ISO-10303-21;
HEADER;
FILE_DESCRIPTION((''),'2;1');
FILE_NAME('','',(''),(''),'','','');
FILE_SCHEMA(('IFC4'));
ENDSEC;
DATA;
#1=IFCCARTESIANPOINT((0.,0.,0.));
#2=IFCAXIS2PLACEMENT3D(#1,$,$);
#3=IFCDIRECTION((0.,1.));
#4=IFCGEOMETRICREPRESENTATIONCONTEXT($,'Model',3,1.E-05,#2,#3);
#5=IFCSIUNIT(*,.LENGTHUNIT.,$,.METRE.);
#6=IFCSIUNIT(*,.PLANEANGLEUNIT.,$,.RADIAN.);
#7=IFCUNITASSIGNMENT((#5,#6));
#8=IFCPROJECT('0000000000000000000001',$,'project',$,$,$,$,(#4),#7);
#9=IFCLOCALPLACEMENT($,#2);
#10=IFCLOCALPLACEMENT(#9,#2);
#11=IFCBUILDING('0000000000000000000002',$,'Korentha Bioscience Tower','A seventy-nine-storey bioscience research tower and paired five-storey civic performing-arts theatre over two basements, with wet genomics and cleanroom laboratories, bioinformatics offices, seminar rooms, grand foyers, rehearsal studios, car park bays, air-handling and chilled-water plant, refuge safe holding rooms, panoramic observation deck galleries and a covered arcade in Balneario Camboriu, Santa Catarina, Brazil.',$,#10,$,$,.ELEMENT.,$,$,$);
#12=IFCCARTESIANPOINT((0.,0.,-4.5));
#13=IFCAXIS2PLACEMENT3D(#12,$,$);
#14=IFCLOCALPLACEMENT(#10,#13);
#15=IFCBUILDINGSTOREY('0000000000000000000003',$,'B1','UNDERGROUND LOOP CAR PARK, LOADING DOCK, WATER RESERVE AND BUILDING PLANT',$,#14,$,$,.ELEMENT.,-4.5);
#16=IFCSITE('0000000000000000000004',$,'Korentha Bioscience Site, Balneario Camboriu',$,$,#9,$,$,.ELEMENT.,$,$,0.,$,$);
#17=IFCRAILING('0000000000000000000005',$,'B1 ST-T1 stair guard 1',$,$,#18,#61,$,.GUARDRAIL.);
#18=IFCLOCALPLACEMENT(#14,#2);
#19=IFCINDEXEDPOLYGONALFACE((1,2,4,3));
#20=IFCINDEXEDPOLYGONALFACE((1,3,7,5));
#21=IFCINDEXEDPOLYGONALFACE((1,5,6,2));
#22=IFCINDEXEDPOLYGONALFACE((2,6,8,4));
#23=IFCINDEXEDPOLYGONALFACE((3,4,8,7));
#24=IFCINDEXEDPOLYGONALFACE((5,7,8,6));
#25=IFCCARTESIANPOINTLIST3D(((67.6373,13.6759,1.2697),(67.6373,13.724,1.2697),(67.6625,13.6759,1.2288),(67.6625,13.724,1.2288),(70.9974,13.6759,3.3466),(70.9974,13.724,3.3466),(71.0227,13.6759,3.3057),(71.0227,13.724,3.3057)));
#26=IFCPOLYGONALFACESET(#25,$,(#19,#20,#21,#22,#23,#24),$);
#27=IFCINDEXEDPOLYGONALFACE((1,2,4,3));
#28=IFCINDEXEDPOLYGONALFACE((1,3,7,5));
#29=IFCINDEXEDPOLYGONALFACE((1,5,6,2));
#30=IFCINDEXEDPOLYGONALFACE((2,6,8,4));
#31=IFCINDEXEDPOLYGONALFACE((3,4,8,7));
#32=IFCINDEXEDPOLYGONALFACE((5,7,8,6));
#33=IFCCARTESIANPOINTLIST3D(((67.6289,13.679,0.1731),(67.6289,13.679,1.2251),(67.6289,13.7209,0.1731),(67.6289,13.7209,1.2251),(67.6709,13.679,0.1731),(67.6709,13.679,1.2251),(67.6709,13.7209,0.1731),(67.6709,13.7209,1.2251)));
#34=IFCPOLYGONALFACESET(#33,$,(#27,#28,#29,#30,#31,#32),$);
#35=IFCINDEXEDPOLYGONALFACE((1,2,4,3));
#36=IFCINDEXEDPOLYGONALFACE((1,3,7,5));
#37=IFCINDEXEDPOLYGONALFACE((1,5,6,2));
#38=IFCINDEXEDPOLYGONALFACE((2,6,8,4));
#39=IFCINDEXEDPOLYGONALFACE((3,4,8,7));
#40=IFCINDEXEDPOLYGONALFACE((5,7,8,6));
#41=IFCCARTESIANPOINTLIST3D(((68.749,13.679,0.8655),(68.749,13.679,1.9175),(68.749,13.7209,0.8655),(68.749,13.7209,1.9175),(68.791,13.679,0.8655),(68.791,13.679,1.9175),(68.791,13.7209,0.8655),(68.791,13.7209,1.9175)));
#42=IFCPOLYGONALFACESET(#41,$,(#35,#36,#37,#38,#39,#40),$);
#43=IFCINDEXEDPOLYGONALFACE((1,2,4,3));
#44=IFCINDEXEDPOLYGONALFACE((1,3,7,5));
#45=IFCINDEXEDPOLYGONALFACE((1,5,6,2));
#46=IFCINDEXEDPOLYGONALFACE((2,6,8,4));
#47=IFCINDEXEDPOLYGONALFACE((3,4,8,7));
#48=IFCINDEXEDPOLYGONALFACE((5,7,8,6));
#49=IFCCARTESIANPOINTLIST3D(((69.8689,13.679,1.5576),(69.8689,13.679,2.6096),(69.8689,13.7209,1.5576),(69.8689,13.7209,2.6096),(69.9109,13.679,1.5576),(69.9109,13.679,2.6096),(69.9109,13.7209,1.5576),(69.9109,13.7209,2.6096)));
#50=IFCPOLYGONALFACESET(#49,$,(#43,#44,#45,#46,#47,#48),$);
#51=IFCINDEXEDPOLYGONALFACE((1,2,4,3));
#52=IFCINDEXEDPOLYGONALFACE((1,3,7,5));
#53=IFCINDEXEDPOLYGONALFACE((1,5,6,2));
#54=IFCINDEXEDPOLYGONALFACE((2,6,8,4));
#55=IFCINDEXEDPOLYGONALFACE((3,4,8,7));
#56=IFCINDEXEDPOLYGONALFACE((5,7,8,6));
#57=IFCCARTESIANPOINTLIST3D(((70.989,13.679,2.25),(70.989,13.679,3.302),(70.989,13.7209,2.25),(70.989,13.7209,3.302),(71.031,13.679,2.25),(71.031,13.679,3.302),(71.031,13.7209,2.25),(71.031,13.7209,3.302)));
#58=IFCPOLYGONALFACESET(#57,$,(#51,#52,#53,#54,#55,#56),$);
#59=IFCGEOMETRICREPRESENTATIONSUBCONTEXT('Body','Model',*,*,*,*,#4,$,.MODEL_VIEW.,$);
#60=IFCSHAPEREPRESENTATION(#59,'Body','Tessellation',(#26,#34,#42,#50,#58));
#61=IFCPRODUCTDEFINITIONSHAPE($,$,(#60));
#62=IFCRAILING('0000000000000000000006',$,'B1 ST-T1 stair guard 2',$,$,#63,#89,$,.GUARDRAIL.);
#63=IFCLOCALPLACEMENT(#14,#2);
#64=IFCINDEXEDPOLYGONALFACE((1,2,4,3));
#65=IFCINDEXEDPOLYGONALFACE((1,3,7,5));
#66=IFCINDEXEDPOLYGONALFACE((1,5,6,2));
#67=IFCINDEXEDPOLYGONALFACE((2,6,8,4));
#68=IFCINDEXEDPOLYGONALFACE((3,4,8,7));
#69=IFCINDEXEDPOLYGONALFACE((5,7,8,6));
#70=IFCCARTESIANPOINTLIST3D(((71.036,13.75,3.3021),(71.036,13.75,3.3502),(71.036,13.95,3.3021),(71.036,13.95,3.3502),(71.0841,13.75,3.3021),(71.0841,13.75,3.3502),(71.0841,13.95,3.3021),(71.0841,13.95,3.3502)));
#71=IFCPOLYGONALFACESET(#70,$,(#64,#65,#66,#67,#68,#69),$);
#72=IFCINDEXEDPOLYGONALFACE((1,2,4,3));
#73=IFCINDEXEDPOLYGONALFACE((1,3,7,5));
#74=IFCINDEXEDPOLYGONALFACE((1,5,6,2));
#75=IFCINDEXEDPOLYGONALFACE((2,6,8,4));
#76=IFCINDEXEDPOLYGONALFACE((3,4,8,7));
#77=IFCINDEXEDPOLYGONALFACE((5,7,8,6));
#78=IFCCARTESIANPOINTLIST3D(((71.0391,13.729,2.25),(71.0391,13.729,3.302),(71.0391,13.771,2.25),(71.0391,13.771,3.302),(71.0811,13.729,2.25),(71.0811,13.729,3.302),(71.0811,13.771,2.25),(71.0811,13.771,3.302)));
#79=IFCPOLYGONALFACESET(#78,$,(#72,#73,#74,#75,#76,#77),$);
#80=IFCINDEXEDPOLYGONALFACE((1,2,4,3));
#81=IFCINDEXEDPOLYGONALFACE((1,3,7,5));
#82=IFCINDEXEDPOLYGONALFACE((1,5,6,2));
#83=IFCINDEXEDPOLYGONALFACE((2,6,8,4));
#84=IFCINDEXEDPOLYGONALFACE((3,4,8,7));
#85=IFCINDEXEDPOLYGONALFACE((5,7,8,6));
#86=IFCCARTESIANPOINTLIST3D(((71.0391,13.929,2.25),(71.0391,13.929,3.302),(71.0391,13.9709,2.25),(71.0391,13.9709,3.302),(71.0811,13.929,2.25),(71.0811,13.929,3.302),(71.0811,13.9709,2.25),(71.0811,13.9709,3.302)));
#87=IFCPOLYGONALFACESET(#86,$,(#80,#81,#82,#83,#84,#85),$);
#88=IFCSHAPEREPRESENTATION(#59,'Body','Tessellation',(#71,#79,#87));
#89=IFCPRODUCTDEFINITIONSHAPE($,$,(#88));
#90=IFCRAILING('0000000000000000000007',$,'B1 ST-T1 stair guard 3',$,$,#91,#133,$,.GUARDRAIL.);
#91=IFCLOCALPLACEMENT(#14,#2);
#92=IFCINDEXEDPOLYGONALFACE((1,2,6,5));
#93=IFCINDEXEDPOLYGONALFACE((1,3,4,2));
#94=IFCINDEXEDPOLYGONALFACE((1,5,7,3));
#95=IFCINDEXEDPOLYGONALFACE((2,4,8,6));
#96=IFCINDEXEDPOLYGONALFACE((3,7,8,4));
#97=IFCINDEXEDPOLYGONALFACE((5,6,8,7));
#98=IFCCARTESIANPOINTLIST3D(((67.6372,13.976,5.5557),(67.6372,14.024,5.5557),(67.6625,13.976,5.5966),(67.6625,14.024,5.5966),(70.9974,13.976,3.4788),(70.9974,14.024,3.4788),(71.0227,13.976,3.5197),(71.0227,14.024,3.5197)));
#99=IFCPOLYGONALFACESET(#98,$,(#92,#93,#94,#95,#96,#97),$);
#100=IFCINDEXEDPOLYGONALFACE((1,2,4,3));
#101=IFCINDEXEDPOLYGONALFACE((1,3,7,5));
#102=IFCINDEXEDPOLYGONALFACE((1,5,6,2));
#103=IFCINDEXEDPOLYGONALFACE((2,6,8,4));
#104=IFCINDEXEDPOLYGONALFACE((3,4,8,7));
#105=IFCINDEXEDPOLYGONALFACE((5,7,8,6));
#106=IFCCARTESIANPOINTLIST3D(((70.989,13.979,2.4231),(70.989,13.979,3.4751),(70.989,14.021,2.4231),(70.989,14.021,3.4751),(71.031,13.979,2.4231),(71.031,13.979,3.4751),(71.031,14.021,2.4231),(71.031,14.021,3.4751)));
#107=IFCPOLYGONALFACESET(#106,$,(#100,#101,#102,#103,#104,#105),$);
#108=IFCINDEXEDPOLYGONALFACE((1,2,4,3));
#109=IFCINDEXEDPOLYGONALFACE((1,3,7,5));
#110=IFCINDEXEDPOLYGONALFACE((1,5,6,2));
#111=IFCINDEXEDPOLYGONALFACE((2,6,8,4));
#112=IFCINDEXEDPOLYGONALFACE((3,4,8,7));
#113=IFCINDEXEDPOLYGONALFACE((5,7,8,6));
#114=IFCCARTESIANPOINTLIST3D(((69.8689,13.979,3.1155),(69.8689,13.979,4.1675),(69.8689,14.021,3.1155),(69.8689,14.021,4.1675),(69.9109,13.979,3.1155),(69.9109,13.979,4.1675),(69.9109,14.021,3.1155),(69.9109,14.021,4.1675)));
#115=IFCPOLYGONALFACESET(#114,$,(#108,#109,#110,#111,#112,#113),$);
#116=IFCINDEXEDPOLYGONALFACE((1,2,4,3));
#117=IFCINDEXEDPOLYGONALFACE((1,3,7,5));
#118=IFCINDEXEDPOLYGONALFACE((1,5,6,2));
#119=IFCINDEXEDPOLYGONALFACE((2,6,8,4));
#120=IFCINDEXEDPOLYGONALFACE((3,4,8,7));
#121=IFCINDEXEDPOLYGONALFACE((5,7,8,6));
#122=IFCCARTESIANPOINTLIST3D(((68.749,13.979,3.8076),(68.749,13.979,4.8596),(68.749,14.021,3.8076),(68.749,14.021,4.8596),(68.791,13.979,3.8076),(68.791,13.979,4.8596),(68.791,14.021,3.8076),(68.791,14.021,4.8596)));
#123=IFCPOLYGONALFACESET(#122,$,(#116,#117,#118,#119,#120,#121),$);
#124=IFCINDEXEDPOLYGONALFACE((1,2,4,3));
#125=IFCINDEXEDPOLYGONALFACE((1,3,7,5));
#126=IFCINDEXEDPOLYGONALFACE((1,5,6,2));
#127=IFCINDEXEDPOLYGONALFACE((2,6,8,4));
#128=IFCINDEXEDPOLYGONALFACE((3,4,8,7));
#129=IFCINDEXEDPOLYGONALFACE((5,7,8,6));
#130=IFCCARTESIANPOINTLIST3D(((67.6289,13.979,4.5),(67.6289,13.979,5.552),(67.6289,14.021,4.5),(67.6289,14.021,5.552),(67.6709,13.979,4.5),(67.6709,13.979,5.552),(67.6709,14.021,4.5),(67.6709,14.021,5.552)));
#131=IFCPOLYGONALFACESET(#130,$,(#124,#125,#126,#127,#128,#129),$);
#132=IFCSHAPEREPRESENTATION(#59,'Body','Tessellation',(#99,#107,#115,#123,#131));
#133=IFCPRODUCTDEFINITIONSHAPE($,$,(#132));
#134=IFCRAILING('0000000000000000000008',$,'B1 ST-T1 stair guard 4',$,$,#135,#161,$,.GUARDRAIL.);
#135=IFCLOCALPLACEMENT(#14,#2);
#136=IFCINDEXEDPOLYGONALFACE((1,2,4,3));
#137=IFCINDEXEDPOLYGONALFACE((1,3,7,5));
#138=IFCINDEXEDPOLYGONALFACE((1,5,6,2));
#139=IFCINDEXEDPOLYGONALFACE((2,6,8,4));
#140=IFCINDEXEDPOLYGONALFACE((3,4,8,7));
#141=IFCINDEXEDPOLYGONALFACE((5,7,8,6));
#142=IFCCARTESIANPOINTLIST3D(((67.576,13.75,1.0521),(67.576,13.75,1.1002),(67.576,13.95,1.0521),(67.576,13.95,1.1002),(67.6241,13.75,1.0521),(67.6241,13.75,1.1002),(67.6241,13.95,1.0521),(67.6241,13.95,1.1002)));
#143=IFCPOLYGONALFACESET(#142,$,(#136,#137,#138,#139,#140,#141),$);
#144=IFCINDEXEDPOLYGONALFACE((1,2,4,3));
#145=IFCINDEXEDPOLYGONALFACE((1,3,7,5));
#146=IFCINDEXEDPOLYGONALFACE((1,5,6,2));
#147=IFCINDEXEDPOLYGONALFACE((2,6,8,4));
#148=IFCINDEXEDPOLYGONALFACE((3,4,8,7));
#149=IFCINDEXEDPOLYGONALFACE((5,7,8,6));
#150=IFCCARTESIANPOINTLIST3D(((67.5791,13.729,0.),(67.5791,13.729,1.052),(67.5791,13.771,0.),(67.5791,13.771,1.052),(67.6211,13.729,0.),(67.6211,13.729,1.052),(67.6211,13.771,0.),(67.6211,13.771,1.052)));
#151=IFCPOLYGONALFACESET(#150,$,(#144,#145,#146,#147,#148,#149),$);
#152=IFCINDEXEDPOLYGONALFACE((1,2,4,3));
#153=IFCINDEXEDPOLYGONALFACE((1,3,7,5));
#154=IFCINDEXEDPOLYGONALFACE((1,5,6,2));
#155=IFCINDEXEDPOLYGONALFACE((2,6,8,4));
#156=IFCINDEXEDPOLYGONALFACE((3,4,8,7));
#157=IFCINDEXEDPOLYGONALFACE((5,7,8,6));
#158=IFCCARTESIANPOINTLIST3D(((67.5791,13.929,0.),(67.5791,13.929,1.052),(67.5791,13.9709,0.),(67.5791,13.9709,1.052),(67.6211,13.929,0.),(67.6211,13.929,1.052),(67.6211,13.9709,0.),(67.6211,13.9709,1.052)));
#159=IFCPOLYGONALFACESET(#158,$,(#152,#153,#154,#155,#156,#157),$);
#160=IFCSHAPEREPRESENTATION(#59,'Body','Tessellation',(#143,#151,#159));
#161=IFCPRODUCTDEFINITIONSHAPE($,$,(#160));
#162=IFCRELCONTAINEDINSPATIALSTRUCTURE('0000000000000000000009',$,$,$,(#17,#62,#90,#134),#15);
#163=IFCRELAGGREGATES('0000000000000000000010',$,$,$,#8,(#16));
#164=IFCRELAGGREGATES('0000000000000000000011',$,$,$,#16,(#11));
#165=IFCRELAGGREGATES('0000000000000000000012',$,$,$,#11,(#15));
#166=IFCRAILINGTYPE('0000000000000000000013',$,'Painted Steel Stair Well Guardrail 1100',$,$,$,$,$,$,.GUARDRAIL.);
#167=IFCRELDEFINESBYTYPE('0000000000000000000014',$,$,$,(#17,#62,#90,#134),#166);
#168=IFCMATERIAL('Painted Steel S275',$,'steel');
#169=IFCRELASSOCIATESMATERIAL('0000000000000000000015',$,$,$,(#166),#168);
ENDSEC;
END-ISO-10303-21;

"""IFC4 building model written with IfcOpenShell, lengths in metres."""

from ifc_helpers import new_model, si_unit, direction, frame, origin, origin_2d, place, context, subcontext, project, spatial, rectangle, extrude, material, type_object, element, save


model = new_model("IFC4")

# Units and contexts
model_context = context("Model", 3, precision=1e-05, world=origin(), true_north=direction((0.0, 1.0)))
body_context = subcontext(model_context, "Body", "Model", "MODEL_VIEW")
ifc_project = project(units=[si_unit("LENGTHUNIT", "METRE"), si_unit("PLANEANGLEUNIT", "RADIAN")], contexts=[model_context])

# Site, building, storey
site_placement = place(None, origin())
site = spatial("IfcSite", under=ifc_project, at=site_placement, Name="Korentha Bioscience Site, Balneario Camboriu", CompositionType="ELEMENT", RefElevation=0.0)
building_placement = place(site_placement, origin())
building = spatial("IfcBuilding", under=site, at=building_placement, Name="Korentha Bioscience Tower", Description="A seventy-nine-storey bioscience research tower and paired five-storey civic performing-arts theatre over two basements, with wet genomics and cleanroom laboratories, bioinformatics offices, seminar rooms, grand foyers, rehearsal studios, car park bays, air-handling and chilled-water plant, refuge safe holding rooms, panoramic observation deck galleries and a covered arcade in Balneario Camboriu, Santa Catarina, Brazil.", CompositionType="ELEMENT")
storey_placement = place(building_placement, frame((0.0, 0.0, -4.5)))
storey = spatial("IfcBuildingStorey", under=building, at=storey_placement, Name="B1", Description="UNDERGROUND LOOP CAR PARK, LOADING DOCK, WATER RESERVE AND BUILDING PLANT", CompositionType="ELEMENT", Elevation=-4.5)

# Railings
ifc_material_1 = material(Name="Painted Steel S275", Category="steel")
railing_type_1 = type_object("IfcRailingType", Name="Painted Steel Stair Well Guardrail 1100", PredefinedType="GUARDRAIL", material=ifc_material_1)
railing_1_placement = place(storey_placement, frame((67.6499, 13.7, 0.1731)))
element("IfcRailing", 1, at=railing_1_placement, inside=storey, type_object=railing_type_1, Name="B1 ST-T1 stair guard 1", PredefinedType="GUARDRAIL", context=body_context, shape_type="SweptSolid", body=[
    extrude(rectangle(XDim=0.0481, YDim=0.0481, at=origin_2d()), frame((0.0, 0.0, 1.0762), z_axis=(0.850623, 0.0, 0.525776), x_axis=(0.0, 1.0, 0.0)), (0.0, 0.0, 1.0), 3.9502),
    extrude(rectangle(XDim=0.042, YDim=0.042, at=origin_2d()), origin(), (0.0, 0.0, 1.0), 1.052),
    extrude(rectangle(XDim=0.042, YDim=0.042, at=origin_2d()), frame((1.1201, 0.0, 0.6924)), (0.0, 0.0, 1.0), 1.052),
    extrude(rectangle(XDim=0.042, YDim=0.042, at=origin_2d()), frame((2.24, 0.0, 1.3845)), (0.0, 0.0, 1.0), 1.052),
    extrude(rectangle(XDim=0.042, YDim=0.042, at=origin_2d()), frame((3.3601, 0.0, 2.0769)), (0.0, 0.0, 1.0), 1.052),
])
railing_2_placement = place(storey_placement, frame((71.0601, 13.75, 2.25)))
element("IfcRailing", 2, at=railing_2_placement, inside=storey, type_object=railing_type_1, Name="B1 ST-T1 stair guard 2", PredefinedType="GUARDRAIL", context=body_context, shape_type="SweptSolid", body=[
    extrude(rectangle(XDim=0.0481, YDim=0.0481, at=origin_2d()), frame((0.0, 0.0, 1.0762), z_axis=(0.0, 1.0, 0.0), x_axis=(-1.0, 0.0, 0.0)), (0.0, 0.0, 1.0), 0.2),
    extrude(rectangle(XDim=0.042, YDim=0.042, at=origin_2d()), origin(), (0.0, 0.0, 1.0), 1.052),
    extrude(rectangle(XDim=0.042, YDim=0.042, at=origin_2d()), frame((0.0, 0.2, 0.0)), (0.0, 0.0, 1.0), 1.052),
])
railing_3_placement = place(storey_placement, frame((71.01, 14.0, 2.4231)))
element("IfcRailing", 3, at=railing_3_placement, inside=storey, type_object=railing_type_1, Name="B1 ST-T1 stair guard 3", PredefinedType="GUARDRAIL", context=body_context, shape_type="SweptSolid", body=[
    extrude(rectangle(XDim=0.0481, YDim=0.0481, at=origin_2d()), frame((0.0, 0.0, 1.0762), z_axis=(-0.850623, 0.0, 0.525776), x_axis=(0.0, -1.0, 0.0)), (0.0, 0.0, 1.0), 3.9502),
    extrude(rectangle(XDim=0.042, YDim=0.042, at=origin_2d()), origin(), (0.0, 0.0, 1.0), 1.052),
    extrude(rectangle(XDim=0.042, YDim=0.042, at=origin_2d()), frame((-1.1201, 0.0, 0.6924)), (0.0, 0.0, 1.0), 1.052),
    extrude(rectangle(XDim=0.042, YDim=0.042, at=origin_2d()), frame((-2.24, 0.0, 1.3845)), (0.0, 0.0, 1.0), 1.052),
    extrude(rectangle(XDim=0.042, YDim=0.042, at=origin_2d()), frame((-3.3601, 0.0, 2.0769)), (0.0, 0.0, 1.0), 1.052),
])
railing_4_placement = place(storey_placement, frame((67.6001, 13.75, 0.0)))
element("IfcRailing", 4, at=railing_4_placement, inside=storey, type_object=railing_type_1, Name="B1 ST-T1 stair guard 4", PredefinedType="GUARDRAIL", context=body_context, shape_type="SweptSolid", body=[
    extrude(rectangle(XDim=0.0481, YDim=0.0481, at=origin_2d()), frame((0.0, 0.0, 1.0762), z_axis=(0.0, 1.0, 0.0), x_axis=(-1.0, 0.0, 0.0)), (0.0, 0.0, 1.0), 0.2),
    extrude(rectangle(XDim=0.042, YDim=0.042, at=origin_2d()), origin(), (0.0, 0.0, 1.0), 1.052),
    extrude(rectangle(XDim=0.042, YDim=0.042, at=origin_2d()), frame((0.0, 0.2, 0.0)), (0.0, 0.0, 1.0), 1.052),
])

save(model, "model.ifc")
